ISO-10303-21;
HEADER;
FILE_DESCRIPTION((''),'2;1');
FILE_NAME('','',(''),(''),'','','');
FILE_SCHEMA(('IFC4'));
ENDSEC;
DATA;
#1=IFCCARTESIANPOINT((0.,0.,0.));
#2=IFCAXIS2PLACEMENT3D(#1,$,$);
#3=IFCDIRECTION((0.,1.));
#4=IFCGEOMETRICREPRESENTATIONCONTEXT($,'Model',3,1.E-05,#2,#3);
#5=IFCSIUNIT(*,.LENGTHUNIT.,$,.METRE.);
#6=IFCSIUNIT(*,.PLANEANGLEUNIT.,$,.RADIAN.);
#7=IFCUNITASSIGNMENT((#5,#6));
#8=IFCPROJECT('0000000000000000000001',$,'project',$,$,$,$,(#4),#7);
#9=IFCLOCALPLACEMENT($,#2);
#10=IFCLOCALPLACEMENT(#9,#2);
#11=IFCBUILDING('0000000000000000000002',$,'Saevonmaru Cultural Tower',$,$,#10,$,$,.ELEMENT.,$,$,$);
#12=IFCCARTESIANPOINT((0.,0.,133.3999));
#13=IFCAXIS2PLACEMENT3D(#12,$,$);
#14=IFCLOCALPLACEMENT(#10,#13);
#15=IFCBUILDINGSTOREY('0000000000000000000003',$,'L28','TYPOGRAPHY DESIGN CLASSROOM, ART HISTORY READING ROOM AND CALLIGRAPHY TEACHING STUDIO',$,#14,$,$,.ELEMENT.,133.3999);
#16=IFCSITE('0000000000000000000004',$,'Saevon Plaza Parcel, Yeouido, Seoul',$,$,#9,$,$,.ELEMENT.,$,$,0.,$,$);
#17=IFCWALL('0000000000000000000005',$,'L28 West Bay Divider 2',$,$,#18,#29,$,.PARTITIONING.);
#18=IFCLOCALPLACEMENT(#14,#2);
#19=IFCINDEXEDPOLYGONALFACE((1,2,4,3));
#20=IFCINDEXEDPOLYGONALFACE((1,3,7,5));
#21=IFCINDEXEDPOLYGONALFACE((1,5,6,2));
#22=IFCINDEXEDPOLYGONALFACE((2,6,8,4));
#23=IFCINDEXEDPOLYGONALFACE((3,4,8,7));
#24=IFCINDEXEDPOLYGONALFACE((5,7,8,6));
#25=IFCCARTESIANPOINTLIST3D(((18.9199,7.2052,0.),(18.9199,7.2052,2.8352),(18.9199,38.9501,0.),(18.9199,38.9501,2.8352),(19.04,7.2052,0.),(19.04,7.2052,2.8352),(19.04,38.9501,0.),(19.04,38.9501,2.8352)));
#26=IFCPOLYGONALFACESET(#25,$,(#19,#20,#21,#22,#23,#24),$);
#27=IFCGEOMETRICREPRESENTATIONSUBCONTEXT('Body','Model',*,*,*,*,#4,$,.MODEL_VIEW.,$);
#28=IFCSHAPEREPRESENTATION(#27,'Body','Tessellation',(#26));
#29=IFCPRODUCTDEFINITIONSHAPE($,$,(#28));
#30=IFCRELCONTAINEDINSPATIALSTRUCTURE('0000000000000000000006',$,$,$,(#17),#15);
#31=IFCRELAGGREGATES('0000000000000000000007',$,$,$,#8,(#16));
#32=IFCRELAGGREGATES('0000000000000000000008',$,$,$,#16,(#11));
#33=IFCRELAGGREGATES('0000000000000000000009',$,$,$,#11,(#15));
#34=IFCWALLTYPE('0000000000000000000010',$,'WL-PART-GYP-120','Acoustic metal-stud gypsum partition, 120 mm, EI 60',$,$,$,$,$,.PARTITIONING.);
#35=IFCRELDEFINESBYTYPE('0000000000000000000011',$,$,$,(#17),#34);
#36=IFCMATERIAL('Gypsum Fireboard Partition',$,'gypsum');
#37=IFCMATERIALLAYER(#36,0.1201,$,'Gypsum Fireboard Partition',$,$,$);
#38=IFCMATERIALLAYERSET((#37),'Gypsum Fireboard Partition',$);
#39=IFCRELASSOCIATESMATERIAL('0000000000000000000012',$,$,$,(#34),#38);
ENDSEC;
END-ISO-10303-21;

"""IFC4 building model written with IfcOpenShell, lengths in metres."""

from ifc_helpers import new_model, si_unit, direction, frame, frame_2d, origin, place, context, subcontext, project, spatial, rectangle, extrude, material, layer, layer_set, type_object, element, save


model = new_model("IFC4")

# Units and contexts
model_context = context("Model", 3, precision=1e-05, world=origin(), true_north=direction((0.0, 1.0)))
body_context = subcontext(model_context, "Body", "Model", "MODEL_VIEW")
ifc_project = project(units=[si_unit("LENGTHUNIT", "METRE"), si_unit("PLANEANGLEUNIT", "RADIAN")], contexts=[model_context])

# Site, building, storey
site_placement = place(None, origin())
site = spatial("IfcSite", under=ifc_project, at=site_placement, Name="Saevon Plaza Parcel, Yeouido, Seoul", CompositionType="ELEMENT", RefElevation=0.0)
building_placement = place(site_placement, origin())
building = spatial("IfcBuilding", under=site, at=building_placement, Name="Saevonmaru Cultural Tower", CompositionType="ELEMENT")
storey_placement = place(building_placement, frame((0.0, 0.0, 133.3999)))
storey = spatial("IfcBuildingStorey", under=building, at=storey_placement, Name="L28", Description="TYPOGRAPHY DESIGN CLASSROOM, ART HISTORY READING ROOM AND CALLIGRAPHY TEACHING STUDIO", CompositionType="ELEMENT", Elevation=133.3999)

# Wall
ifc_material_1 = material(Name="Gypsum Fireboard Partition", Category="gypsum")
ifc_layer_1 = layer(ifc_material_1, 0.1201, Name="Gypsum Fireboard Partition")
ifc_layer_set_1 = layer_set([ifc_layer_1], Name="Gypsum Fireboard Partition")
wall_type_1 = type_object("IfcWallType", Name="WL-PART-GYP-120", Description="Acoustic metal-stud gypsum partition, 120 mm, EI 60", PredefinedType="PARTITIONING", material=ifc_layer_set_1)
wall_1_placement = place(storey_placement, frame((18.98, 7.2051, 0.0), z_axis=(0.0, 0.0, 1.0), x_axis=(0.0, 1.0, 0.0)))
element("IfcWall", 1, at=wall_1_placement, inside=storey, type_object=wall_type_1, Name="L28 West Bay Divider 2", PredefinedType="PARTITIONING", context=body_context, shape_type="SweptSolid", body=[
    extrude(rectangle(XDim=31.7449, YDim=0.1201, at=frame_2d((15.8726, 0.0))), origin(), (0.0, 0.0, 1.0), 2.8352),
])

save(model, "model.ifc")
